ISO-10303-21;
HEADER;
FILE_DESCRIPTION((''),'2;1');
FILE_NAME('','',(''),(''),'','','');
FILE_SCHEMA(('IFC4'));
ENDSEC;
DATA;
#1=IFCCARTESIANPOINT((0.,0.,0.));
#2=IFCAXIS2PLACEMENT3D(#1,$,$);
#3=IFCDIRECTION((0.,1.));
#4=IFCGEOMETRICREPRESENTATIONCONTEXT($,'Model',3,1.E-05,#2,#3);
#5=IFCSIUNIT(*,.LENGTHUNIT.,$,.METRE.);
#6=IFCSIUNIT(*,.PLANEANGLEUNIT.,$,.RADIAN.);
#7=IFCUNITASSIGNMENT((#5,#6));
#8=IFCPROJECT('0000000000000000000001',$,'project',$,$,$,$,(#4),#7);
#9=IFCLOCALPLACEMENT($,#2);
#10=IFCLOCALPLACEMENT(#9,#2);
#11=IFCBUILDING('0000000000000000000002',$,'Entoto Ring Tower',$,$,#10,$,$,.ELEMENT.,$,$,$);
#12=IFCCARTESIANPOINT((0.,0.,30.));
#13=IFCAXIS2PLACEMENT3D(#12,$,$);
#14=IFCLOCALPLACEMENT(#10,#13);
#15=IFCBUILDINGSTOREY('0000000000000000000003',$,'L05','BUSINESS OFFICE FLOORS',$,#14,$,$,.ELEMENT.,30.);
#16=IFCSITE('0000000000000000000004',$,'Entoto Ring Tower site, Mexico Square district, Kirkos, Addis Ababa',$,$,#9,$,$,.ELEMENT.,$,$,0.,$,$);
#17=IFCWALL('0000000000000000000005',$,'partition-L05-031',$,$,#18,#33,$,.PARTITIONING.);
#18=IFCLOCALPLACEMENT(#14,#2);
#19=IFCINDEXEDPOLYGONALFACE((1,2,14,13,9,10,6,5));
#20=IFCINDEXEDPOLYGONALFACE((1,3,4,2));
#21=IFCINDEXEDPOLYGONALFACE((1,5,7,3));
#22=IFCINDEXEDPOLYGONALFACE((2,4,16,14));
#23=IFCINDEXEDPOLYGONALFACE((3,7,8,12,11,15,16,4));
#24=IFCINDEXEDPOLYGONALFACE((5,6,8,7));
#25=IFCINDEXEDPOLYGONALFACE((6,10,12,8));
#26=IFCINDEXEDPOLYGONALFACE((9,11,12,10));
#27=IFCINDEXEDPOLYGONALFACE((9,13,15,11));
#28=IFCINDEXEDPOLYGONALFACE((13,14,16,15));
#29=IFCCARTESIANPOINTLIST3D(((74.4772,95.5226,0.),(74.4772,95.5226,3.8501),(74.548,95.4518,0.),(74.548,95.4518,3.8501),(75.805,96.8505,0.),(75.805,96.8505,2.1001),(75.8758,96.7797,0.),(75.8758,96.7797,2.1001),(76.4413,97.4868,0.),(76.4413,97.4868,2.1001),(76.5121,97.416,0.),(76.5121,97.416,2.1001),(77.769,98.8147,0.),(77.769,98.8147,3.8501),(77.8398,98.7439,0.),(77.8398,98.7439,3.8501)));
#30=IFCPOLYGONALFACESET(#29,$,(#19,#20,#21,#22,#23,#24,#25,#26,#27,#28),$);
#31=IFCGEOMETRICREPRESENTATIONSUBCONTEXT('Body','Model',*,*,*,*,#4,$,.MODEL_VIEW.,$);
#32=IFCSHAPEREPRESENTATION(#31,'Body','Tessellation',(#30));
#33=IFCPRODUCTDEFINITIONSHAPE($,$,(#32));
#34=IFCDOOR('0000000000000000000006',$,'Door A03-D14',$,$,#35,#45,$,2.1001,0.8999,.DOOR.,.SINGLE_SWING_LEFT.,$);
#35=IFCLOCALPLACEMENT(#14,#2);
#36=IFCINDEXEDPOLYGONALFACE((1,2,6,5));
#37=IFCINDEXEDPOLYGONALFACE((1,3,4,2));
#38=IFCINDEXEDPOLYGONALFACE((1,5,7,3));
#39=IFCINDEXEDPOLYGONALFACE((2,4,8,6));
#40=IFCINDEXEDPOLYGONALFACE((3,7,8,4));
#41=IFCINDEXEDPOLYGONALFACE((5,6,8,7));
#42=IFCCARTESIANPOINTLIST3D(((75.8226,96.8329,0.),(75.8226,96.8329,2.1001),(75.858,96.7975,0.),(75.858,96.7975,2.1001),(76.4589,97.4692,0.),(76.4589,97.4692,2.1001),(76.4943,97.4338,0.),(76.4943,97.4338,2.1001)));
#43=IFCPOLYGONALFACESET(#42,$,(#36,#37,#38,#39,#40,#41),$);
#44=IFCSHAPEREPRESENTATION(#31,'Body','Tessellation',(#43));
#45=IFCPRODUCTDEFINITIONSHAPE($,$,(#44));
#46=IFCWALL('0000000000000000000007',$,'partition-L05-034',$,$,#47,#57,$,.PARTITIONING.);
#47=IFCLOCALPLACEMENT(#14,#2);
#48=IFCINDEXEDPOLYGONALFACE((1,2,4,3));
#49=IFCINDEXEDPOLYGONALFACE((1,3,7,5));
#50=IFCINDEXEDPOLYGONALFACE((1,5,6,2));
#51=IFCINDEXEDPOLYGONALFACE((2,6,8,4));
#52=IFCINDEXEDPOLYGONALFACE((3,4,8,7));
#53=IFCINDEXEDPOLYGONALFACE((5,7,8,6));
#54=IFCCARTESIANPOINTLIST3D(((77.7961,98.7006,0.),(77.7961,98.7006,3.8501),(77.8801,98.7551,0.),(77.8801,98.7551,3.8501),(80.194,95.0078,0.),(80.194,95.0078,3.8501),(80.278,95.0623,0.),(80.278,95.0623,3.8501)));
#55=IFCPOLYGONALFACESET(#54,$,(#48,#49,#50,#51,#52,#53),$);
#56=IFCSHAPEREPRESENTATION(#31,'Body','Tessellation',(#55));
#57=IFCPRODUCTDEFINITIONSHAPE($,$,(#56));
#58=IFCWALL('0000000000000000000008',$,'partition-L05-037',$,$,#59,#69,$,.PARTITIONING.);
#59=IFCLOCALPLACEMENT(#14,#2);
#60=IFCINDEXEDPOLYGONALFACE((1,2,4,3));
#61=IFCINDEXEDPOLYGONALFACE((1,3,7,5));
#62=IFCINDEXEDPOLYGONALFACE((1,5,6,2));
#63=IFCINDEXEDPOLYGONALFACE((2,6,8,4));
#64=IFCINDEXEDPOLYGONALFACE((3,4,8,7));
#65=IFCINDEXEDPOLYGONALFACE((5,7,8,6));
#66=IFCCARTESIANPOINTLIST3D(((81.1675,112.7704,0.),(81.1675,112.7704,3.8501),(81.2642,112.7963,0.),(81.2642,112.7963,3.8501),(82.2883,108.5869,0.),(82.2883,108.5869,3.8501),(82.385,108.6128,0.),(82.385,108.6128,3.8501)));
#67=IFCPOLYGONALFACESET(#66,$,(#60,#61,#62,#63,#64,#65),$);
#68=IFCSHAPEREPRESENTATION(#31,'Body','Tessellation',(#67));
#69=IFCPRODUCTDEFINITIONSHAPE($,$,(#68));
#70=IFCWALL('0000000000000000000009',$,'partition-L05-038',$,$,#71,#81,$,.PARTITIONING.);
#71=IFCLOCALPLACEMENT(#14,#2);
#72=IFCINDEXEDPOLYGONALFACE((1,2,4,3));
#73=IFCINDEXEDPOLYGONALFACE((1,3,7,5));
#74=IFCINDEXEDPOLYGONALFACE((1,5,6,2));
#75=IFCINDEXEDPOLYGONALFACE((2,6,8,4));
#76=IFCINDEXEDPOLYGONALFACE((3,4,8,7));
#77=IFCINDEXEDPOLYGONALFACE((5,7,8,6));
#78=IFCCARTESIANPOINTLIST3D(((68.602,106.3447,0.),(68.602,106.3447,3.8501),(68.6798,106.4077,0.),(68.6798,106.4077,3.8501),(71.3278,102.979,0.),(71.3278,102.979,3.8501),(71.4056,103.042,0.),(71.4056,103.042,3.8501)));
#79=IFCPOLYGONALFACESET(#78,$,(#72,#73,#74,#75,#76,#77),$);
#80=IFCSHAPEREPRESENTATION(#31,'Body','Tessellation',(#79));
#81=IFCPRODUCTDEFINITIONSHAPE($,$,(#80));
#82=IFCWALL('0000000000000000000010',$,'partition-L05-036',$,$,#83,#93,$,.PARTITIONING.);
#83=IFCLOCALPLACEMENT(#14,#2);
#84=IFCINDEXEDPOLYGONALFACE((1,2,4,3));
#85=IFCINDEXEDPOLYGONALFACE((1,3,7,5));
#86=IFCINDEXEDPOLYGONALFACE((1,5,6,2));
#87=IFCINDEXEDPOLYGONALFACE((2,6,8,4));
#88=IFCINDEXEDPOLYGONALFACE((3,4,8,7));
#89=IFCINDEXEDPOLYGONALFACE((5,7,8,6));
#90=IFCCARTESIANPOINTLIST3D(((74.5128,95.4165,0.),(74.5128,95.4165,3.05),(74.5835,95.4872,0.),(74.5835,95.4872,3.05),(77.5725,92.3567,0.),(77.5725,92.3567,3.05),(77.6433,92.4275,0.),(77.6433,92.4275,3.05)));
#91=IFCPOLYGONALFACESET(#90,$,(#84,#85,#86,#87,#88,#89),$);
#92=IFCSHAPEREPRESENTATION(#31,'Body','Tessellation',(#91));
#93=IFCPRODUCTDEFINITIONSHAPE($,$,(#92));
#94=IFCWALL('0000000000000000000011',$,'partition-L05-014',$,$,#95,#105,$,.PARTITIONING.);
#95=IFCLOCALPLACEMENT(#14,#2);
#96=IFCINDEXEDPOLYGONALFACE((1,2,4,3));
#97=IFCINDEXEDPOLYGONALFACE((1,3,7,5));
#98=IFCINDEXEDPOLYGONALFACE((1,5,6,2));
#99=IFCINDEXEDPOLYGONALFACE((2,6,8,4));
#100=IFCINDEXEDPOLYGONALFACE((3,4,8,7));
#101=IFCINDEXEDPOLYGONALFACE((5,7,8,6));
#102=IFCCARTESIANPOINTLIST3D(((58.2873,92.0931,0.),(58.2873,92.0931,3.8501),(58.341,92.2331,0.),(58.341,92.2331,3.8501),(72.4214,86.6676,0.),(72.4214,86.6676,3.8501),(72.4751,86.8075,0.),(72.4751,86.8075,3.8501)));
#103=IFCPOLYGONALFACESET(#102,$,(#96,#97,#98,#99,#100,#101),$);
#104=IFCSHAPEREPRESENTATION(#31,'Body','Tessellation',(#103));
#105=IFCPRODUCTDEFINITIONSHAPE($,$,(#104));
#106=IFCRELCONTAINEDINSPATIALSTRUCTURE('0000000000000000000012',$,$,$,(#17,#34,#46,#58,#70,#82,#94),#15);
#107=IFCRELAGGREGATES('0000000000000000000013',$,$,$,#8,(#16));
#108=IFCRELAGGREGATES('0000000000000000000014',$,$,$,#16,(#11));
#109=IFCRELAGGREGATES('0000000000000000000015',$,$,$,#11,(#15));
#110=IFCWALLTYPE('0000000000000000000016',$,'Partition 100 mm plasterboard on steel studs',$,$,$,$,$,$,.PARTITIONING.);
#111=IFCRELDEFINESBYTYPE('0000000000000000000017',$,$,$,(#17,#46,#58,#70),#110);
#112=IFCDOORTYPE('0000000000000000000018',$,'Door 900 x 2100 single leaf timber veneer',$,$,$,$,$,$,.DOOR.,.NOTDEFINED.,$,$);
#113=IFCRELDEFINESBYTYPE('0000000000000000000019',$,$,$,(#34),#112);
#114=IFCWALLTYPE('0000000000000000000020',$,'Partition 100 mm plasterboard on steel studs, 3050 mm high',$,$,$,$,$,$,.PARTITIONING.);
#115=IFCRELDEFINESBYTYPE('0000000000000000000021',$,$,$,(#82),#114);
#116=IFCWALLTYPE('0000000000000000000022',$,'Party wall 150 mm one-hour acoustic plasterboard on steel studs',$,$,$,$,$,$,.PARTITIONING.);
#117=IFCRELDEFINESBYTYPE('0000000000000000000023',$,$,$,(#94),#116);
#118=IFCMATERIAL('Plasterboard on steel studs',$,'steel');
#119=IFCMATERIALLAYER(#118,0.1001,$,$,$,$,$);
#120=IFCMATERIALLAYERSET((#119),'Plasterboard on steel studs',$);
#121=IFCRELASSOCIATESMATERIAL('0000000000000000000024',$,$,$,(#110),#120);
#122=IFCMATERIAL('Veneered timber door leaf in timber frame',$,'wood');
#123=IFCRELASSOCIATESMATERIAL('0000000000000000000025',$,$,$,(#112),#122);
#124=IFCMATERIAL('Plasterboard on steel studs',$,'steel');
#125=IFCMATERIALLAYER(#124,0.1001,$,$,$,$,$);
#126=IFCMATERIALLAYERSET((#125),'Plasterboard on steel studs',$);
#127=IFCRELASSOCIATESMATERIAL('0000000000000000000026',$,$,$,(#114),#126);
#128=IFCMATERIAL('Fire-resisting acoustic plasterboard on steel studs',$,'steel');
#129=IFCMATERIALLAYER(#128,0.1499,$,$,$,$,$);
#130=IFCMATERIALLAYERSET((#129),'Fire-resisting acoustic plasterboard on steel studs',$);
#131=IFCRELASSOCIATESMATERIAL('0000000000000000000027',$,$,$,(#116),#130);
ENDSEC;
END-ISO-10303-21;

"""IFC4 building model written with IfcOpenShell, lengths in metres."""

from ifc_helpers import new_model, si_unit, direction, frame, frame_2d, origin, place, context, subcontext, project, spatial, rectangle, extrude, material, layer, layer_set, type_object, element, fill, save


model = new_model("IFC4")

# Units and contexts
model_context = context("Model", 3, precision=1e-05, world=origin(), true_north=direction((0.0, 1.0)))
body_context = subcontext(model_context, "Body", "Model", "MODEL_VIEW")
ifc_project = project(units=[si_unit("LENGTHUNIT", "METRE"), si_unit("PLANEANGLEUNIT", "RADIAN")], contexts=[model_context])

# Site, building, storey
site_placement = place(None, origin())
site = spatial("IfcSite", under=ifc_project, at=site_placement, Name="Entoto Ring Tower site, Mexico Square district, Kirkos, Addis Ababa", CompositionType="ELEMENT", RefElevation=0.0)
building_placement = place(site_placement, origin())
building = spatial("IfcBuilding", under=site, at=building_placement, Name="Entoto Ring Tower", CompositionType="ELEMENT")
storey_placement = place(building_placement, frame((0.0, 0.0, 30.0)))
storey = spatial("IfcBuildingStorey", under=building, at=storey_placement, Name="L05", Description="BUSINESS OFFICE FLOORS", CompositionType="ELEMENT", Elevation=30.0)

# Wall, opening, door
ifc_material_1 = material(Name="Plasterboard on steel studs", Category="steel")
ifc_layer_1 = layer(ifc_material_1, 0.1001)
ifc_layer_set_1 = layer_set([ifc_layer_1], Name="Plasterboard on steel studs")
wall_type_1 = type_object("IfcWallType", Name="Partition 100 mm plasterboard on steel studs", PredefinedType="PARTITIONING", material=ifc_layer_set_1)
ifc_material_2 = material(Name="Veneered timber door leaf in timber frame", Category="wood")
door_type_1 = type_object("IfcDoorType", Name="Door 900 x 2100 single leaf timber veneer", OperationType="NOTDEFINED", PredefinedType="DOOR", material=ifc_material_2)
wall_1_placement = place(storey_placement, frame((74.5127, 95.4873, 0.0), z_axis=(0.0, 0.0, 1.0), x_axis=(0.707081, 0.707133, 0.0)))
wall_1 = element("IfcWall", 1, at=wall_1_placement, inside=storey, type_object=wall_type_1, Name="partition-L05-031", PredefinedType="PARTITIONING", context=body_context, shape_type="SweptSolid", body=[
    extrude(rectangle(XDim=4.6555, YDim=0.1001, at=frame_2d((2.3276, 0.0))), origin(), (0.0, 0.0, 1.0), 3.8501),
])
opening_1_placement = place(wall_1_placement, frame((1.8777, 0.0, 0.0)))
opening_1 = element("IfcOpeningElement", 2, at=opening_1_placement, cuts=wall_1, PredefinedType="OPENING", context=body_context, shape_type="SweptSolid", body=[
    extrude(rectangle(XDim=0.8999, YDim=2.1001, at=frame_2d((0.45, 1.05))), frame((0.0, 0.0601, 0.0), z_axis=(0.0, -1.0, 0.0), x_axis=(1.0, 0.0, 0.0)), (0.0, 0.0, 1.0), 0.1201),
])
door_1_placement = place(opening_1_placement, frame((0.8999, 0.0, 0.0), z_axis=(0.0, 0.0, 1.0), x_axis=(-1.0, 0.0, 0.0)))
door_1 = element("IfcDoor", 3, at=door_1_placement, inside=storey, type_object=door_type_1, Name="Door A03-D14", OperationType="SINGLE_SWING_LEFT", OverallHeight=2.1001, OverallWidth=0.8999, PredefinedType="DOOR", context=body_context, shape_type="SweptSolid", body=[
    extrude(rectangle(XDim=0.8999, YDim=2.1001, at=frame_2d((0.45, 1.05))), frame((0.0, 0.0249, 0.0), z_axis=(0.0, -1.0, 0.0), x_axis=(1.0, 0.0, 0.0)), (0.0, 0.0, 1.0), 0.05),
])
fill(opening_1, door_1)

# Walls
wall_2_placement = place(storey_placement, frame((80.2361, 95.0349, 0.0), z_axis=(0.0, 0.0, 1.0), x_axis=(-0.544602, 0.838694, 0.0)))
element("IfcWall", 4, at=wall_2_placement, inside=storey, type_object=wall_type_1, Name="partition-L05-034", PredefinedType="PARTITIONING", context=body_context, shape_type="SweptSolid", body=[
    extrude(rectangle(XDim=4.4031, YDim=0.1001, at=frame_2d((2.2017, 0.0))), origin(), (0.0, 0.0, 1.0), 3.8501),
])
for number, where, z_axis, x_axis, name in (
    (5, (82.3367, 108.5999, 0.0), (0.0, 0.0, 1.0), (-0.258789, 0.965934, 0.0), "partition-L05-037"),
    (6, (71.3667, 103.0105, 0.0), (0.0, 0.0, 1.0), (-0.629365, 0.77711, 0.0), "partition-L05-038"),
):
    element("IfcWall", number, at=place(storey_placement, frame(where, z_axis=z_axis, x_axis=x_axis)), inside=storey, type_object=wall_type_1, Name=name, PredefinedType="PARTITIONING", context=body_context, shape_type="SweptSolid", body=[
        extrude(rectangle(XDim=4.3311, YDim=0.1001, at=frame_2d((2.1655, 0.0))), origin(), (0.0, 0.0, 1.0), 3.8501),
    ])
ifc_material_3 = material(Name="Plasterboard on steel studs", Category="steel")
ifc_layer_2 = layer(ifc_material_3, 0.1001)
ifc_layer_set_2 = layer_set([ifc_layer_2], Name="Plasterboard on steel studs")
wall_type_2 = type_object("IfcWallType", Name="Partition 100 mm plasterboard on steel studs, 3050 mm high", PredefinedType="PARTITIONING", material=ifc_layer_set_2)
wall_3_placement = place(storey_placement, frame((77.6079, 92.3921, 0.0), z_axis=(0.0, 0.0, 1.0), x_axis=(-0.707107, 0.707107, 0.0)))
element("IfcWall", 7, at=wall_3_placement, inside=storey, type_object=wall_type_2, Name="partition-L05-036", PredefinedType="PARTITIONING", context=body_context, shape_type="SweptSolid", body=[
    extrude(rectangle(XDim=4.3271, YDim=0.1001, at=frame_2d((2.1636, 0.0))), origin(), (0.0, 0.0, 1.0), 3.05),
])
ifc_material_4 = material(Name="Fire-resisting acoustic plasterboard on steel studs", Category="steel")
ifc_layer_3 = layer(ifc_material_4, 0.1499)
ifc_layer_set_3 = layer_set([ifc_layer_3], Name="Fire-resisting acoustic plasterboard on steel studs")
wall_type_3 = type_object("IfcWallType", Name="Party wall 150 mm one-hour acoustic plasterboard on steel studs", PredefinedType="PARTITIONING", material=ifc_layer_set_3)
wall_4_placement = place(storey_placement, frame((72.4482, 86.7375, 0.0), z_axis=(0.0, 0.0, 1.0), x_axis=(-0.933581, 0.358367, 0.0)))
element("IfcWall", 8, at=wall_4_placement, inside=storey, type_object=wall_type_3, Name="partition-L05-014", PredefinedType="PARTITIONING", context=body_context, shape_type="SweptSolid", body=[
    extrude(rectangle(XDim=15.1396, YDim=0.1499, at=frame_2d((7.5698, 0.0))), origin(), (0.0, 0.0, 1.0), 3.8501),
])

save(model, "model.ifc")
